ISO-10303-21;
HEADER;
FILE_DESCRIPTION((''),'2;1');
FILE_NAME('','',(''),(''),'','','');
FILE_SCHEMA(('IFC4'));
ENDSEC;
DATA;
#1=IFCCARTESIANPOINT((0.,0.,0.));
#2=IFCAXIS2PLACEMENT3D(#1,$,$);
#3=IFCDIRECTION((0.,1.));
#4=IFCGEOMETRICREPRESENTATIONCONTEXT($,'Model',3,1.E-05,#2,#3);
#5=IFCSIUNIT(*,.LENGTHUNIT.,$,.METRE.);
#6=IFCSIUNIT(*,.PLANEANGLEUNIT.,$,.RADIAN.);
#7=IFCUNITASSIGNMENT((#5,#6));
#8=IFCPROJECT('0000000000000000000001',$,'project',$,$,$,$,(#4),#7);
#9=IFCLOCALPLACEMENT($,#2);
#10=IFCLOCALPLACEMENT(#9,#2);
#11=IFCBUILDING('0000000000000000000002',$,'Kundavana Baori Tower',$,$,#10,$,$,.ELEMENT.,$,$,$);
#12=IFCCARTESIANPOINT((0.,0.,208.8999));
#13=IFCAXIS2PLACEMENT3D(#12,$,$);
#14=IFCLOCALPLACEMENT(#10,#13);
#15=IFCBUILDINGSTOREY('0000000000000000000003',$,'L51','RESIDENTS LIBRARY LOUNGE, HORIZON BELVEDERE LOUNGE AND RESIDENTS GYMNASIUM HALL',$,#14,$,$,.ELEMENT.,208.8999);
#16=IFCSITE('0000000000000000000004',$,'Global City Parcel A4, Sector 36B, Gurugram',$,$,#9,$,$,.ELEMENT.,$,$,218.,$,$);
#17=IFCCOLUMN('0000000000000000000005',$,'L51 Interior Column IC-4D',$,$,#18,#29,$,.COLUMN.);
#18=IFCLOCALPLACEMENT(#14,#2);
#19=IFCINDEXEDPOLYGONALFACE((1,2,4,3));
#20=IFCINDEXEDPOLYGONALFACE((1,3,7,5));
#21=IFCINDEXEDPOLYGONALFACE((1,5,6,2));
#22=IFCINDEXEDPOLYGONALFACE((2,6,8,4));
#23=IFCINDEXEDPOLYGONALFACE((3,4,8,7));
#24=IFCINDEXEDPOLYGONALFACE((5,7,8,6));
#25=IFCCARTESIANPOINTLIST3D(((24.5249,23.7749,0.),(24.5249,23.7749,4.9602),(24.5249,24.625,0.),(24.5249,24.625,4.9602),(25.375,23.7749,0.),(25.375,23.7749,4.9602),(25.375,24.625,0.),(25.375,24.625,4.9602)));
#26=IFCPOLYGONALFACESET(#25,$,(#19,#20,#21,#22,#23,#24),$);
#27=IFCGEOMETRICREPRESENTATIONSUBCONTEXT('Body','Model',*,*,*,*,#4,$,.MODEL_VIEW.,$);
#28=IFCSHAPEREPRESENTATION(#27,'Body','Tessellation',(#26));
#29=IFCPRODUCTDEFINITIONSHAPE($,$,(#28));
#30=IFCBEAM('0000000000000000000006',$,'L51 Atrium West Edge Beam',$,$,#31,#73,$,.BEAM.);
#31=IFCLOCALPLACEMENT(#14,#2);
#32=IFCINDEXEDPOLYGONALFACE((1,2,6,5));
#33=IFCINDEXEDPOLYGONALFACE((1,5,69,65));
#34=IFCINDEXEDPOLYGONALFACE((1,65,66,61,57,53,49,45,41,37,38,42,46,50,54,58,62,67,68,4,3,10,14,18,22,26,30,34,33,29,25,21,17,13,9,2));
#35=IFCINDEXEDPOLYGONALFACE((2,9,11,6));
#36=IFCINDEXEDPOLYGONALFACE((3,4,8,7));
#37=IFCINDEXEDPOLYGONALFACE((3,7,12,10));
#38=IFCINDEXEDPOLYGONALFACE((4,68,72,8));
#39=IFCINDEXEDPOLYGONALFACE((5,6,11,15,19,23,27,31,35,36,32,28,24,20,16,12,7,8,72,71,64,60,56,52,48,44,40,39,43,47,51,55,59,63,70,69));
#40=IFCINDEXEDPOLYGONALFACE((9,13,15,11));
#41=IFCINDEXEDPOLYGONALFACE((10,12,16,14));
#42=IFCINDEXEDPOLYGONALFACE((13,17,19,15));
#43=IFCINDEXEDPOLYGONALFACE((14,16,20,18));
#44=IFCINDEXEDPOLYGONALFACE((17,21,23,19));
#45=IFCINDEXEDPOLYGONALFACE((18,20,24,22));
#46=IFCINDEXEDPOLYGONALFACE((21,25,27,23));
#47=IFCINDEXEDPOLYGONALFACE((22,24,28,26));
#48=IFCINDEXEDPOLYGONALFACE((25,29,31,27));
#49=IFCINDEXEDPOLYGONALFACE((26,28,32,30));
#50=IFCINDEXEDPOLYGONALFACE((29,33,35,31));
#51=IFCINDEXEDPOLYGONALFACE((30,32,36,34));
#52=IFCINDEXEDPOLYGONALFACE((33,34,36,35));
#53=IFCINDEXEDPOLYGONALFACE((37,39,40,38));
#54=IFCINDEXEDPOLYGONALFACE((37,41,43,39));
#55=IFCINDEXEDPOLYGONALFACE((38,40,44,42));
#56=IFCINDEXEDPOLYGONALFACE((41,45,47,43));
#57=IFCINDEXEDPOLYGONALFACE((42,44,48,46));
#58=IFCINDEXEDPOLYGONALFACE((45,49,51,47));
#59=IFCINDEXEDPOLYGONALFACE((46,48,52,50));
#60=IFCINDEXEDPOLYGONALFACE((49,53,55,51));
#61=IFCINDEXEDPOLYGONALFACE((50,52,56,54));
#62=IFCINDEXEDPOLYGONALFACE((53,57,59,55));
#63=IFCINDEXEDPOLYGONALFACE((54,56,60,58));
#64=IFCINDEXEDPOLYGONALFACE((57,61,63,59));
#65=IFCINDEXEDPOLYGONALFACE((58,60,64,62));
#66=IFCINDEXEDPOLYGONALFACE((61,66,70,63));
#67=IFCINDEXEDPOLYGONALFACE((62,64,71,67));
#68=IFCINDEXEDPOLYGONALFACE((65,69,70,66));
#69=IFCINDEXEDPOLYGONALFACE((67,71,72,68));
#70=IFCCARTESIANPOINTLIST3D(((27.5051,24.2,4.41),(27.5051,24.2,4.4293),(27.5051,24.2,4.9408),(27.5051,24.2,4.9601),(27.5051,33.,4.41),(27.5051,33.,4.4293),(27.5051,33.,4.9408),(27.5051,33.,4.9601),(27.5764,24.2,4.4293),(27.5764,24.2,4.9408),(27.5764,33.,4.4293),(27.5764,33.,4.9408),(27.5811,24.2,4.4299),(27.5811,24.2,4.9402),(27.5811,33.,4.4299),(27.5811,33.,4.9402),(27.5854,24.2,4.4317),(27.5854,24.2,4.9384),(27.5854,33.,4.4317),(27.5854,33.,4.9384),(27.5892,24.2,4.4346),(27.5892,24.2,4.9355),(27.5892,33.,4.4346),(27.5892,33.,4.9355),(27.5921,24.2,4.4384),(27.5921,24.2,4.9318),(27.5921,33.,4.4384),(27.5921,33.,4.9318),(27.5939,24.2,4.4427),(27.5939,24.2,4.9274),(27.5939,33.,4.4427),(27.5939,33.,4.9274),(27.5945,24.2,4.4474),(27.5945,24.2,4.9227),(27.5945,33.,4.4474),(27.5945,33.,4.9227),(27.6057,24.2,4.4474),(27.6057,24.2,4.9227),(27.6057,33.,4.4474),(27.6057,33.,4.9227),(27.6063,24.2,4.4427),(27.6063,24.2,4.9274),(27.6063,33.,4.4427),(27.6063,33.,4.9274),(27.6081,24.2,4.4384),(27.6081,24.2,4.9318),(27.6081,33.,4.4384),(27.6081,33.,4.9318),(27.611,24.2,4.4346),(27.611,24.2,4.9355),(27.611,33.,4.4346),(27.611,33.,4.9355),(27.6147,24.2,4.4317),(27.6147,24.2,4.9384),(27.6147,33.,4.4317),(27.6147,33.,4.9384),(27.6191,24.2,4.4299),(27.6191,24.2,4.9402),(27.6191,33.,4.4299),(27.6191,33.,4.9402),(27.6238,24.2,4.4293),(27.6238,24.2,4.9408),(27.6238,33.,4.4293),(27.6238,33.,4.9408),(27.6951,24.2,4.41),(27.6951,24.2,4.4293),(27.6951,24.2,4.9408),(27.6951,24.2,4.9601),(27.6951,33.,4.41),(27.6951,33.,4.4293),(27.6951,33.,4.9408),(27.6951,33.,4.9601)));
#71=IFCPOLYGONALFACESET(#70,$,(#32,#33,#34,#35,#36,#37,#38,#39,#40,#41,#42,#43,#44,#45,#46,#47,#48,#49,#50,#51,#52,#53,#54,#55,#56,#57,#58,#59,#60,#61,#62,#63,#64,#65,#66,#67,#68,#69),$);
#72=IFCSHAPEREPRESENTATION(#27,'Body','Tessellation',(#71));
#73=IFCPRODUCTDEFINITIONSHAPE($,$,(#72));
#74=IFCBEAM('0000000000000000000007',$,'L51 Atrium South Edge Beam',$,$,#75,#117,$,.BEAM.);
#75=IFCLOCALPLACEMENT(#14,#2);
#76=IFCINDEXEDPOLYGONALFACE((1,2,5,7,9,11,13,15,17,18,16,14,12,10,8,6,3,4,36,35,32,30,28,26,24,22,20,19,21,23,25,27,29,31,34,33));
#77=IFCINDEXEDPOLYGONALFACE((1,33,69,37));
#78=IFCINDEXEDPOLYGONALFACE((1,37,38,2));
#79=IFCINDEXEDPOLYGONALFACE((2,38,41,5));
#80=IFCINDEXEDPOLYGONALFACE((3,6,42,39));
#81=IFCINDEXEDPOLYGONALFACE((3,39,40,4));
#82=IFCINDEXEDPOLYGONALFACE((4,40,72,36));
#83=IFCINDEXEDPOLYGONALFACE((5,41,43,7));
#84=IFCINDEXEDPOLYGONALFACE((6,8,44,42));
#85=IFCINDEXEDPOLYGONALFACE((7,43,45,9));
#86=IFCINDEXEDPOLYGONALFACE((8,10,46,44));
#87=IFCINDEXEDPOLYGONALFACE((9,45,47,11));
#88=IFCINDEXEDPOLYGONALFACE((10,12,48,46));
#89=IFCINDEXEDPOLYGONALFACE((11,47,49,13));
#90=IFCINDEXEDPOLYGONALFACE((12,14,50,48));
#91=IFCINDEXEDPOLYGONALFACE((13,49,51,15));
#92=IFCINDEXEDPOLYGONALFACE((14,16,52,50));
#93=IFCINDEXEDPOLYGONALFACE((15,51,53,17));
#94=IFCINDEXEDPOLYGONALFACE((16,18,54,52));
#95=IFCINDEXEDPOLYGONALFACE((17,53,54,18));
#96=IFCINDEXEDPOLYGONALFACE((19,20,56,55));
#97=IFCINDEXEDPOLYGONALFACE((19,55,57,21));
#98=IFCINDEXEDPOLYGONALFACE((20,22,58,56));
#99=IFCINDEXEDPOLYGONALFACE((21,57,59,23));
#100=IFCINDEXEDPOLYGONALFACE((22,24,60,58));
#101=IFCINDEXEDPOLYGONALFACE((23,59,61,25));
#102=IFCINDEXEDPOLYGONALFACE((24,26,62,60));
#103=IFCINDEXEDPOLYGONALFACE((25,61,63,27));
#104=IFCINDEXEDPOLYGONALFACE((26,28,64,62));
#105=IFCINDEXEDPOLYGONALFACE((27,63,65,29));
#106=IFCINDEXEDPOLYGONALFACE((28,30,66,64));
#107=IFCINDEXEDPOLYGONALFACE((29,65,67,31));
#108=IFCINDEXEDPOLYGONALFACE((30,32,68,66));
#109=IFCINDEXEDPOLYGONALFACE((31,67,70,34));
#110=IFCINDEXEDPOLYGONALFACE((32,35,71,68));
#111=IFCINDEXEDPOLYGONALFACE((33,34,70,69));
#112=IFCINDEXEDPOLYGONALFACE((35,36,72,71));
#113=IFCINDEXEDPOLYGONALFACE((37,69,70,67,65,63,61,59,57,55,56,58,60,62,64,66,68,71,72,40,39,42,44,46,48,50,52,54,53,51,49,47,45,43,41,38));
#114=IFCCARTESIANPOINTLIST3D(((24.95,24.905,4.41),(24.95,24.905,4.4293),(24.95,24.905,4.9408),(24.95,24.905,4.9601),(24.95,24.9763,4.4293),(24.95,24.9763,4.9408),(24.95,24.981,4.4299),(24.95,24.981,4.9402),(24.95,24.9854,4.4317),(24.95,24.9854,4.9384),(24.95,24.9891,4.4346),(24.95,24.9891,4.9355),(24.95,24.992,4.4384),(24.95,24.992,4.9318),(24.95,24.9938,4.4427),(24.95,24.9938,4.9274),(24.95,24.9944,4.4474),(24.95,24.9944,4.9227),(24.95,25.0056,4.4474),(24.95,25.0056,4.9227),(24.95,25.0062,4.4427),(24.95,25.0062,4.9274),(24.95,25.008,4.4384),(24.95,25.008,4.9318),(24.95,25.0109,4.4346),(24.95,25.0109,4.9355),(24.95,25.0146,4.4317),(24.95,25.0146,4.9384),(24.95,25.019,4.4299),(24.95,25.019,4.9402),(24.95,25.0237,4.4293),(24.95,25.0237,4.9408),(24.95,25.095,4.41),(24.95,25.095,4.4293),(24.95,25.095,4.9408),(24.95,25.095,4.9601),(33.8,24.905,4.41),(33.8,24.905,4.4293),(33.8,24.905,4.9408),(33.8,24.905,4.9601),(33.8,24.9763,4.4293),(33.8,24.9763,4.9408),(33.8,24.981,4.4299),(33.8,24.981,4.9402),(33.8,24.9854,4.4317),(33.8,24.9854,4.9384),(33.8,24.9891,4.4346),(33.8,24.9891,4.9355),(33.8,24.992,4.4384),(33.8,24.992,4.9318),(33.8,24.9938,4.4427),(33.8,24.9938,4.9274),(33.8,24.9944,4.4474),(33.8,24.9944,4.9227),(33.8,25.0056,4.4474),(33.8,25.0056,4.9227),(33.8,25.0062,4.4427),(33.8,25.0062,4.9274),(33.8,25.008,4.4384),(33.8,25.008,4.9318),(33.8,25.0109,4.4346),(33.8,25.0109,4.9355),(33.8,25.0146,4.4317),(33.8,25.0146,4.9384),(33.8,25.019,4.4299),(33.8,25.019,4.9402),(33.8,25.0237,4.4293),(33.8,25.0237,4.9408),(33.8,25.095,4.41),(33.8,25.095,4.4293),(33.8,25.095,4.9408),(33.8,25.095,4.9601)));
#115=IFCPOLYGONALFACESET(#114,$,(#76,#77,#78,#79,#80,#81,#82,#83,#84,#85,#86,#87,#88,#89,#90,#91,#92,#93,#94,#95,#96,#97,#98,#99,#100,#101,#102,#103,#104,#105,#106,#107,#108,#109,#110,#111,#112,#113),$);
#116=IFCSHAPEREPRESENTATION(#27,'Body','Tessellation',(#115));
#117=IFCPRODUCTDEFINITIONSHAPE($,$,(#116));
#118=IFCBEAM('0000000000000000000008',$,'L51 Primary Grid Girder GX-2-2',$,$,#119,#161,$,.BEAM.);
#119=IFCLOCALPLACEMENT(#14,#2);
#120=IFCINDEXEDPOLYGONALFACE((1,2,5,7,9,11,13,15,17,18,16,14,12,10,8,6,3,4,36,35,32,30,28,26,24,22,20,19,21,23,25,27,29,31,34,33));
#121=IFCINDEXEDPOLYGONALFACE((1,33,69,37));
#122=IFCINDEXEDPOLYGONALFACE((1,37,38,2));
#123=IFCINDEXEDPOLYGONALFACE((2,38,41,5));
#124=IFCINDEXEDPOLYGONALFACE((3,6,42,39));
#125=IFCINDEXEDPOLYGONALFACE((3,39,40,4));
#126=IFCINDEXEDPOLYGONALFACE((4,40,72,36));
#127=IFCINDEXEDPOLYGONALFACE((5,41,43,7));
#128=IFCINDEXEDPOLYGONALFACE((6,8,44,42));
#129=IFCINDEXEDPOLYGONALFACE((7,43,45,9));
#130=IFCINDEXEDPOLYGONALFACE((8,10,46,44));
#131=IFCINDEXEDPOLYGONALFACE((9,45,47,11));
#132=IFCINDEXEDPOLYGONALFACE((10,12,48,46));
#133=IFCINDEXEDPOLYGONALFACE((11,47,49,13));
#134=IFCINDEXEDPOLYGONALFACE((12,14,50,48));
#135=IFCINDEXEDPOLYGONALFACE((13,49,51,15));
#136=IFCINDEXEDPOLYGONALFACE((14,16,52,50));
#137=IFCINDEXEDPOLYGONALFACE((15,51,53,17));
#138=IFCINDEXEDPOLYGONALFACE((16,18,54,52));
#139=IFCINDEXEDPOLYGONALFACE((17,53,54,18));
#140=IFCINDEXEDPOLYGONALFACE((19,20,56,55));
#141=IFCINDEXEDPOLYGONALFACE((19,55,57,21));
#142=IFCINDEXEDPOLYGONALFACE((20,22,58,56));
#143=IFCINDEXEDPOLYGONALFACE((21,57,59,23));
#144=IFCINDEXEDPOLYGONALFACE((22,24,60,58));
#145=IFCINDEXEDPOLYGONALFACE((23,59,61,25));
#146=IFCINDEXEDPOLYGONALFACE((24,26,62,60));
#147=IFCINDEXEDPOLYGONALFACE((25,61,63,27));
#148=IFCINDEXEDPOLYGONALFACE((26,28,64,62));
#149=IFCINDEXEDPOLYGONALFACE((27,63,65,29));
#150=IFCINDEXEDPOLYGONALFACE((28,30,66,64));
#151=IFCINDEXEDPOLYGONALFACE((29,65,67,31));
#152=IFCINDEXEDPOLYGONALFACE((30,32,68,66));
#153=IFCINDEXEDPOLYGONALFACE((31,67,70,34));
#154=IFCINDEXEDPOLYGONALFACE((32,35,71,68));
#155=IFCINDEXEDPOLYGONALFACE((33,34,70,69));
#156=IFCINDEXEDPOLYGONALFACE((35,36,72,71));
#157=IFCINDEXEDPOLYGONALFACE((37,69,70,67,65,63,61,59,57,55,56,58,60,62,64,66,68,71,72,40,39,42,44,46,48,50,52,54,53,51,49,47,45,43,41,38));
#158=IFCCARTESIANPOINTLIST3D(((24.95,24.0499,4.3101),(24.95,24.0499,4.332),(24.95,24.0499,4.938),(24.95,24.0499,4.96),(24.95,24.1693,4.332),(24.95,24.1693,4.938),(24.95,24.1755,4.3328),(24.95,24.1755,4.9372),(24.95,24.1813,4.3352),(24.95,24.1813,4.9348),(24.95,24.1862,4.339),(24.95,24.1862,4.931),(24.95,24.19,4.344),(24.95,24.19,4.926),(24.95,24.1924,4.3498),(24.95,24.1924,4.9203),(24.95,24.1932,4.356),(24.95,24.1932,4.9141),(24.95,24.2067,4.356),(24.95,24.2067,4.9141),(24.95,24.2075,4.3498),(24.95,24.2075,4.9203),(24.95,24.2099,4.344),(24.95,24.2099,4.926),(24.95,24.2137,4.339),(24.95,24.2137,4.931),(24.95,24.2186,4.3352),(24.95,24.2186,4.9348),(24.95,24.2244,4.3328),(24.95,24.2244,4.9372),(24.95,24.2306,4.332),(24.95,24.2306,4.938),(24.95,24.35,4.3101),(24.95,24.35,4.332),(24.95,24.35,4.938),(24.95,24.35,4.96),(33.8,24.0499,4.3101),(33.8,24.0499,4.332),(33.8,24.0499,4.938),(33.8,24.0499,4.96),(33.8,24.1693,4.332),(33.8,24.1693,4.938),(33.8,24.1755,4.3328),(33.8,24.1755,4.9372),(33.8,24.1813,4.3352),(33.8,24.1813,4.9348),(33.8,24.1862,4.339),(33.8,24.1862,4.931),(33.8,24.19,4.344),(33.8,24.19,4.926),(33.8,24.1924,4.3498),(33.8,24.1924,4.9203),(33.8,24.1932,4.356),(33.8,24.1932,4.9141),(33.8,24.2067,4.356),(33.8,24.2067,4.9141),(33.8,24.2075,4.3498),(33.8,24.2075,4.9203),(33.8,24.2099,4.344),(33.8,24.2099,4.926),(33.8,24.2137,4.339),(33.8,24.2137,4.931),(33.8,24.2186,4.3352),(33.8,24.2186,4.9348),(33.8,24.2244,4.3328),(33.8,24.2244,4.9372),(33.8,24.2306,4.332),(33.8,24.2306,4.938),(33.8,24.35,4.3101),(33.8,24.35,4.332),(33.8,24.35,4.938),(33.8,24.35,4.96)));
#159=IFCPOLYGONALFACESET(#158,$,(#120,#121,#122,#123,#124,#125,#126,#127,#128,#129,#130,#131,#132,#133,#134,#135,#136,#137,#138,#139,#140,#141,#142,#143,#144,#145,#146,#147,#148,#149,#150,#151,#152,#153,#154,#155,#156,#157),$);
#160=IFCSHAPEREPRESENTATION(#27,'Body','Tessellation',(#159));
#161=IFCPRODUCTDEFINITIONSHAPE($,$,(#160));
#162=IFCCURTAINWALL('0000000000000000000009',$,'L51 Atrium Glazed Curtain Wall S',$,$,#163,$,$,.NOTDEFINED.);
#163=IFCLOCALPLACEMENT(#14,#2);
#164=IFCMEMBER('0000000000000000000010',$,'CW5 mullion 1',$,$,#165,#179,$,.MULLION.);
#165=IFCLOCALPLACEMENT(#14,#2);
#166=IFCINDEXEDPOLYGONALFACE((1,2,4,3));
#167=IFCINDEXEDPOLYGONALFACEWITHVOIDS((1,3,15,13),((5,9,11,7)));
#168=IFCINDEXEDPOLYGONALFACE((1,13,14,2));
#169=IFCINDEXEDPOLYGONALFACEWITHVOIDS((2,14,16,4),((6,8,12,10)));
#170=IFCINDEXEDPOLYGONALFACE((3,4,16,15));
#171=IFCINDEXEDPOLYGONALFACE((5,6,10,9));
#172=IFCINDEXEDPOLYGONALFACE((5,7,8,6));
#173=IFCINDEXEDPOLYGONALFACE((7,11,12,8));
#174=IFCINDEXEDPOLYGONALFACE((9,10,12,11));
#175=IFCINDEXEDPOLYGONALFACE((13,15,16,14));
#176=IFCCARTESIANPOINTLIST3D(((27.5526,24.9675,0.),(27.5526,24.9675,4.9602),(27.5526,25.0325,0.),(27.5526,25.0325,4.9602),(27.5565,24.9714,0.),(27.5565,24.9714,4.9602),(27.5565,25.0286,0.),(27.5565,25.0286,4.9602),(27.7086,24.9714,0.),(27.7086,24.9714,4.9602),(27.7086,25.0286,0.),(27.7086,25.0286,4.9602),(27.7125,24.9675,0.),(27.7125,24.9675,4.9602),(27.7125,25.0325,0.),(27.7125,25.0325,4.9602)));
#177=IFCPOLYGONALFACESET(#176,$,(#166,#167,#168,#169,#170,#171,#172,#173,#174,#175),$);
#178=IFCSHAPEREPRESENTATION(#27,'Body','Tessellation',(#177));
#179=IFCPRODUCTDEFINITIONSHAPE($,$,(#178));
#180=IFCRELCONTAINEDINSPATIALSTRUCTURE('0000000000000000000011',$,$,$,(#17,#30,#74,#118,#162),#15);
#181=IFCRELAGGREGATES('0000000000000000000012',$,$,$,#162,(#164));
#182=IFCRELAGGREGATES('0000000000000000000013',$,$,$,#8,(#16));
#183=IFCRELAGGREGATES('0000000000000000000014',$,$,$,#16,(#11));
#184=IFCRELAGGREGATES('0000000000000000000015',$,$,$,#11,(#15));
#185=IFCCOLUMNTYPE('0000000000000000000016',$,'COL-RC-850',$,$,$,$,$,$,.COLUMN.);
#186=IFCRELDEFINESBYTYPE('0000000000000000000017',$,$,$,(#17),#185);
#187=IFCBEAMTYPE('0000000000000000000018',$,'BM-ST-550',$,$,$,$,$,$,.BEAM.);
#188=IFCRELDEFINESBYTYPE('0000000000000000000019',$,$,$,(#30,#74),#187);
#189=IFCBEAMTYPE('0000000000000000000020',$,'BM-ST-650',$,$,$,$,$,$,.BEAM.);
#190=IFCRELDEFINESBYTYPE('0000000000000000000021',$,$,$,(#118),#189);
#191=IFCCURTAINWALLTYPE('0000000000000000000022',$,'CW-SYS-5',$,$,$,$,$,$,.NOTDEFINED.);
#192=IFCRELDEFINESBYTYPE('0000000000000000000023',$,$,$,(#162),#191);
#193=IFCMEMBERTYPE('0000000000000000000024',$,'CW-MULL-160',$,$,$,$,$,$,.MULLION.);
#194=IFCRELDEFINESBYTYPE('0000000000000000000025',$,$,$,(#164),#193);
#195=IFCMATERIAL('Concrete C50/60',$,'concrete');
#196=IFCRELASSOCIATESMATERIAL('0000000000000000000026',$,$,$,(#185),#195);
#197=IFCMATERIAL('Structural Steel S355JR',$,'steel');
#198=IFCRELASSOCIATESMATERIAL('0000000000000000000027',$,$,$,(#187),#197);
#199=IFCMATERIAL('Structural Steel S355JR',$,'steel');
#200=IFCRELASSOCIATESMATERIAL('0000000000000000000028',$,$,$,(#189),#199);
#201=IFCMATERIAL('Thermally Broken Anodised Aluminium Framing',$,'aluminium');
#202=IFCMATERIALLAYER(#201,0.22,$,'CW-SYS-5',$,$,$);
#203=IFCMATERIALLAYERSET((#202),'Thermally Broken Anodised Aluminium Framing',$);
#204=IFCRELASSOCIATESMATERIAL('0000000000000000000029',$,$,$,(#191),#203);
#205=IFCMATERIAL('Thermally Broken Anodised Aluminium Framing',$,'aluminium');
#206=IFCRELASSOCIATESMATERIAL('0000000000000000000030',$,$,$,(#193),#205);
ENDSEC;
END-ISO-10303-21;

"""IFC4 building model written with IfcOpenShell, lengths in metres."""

from ifc_helpers import new_model, si_unit, direction, frame, origin, origin_2d, place, context, subcontext, project, spatial, rectangle, hollow_rectangle, i_section, extrude, material, layer, layer_set, material_profile, profile_set, type_object, element, aggregate, save


model = new_model("IFC4")

# Units and contexts
model_context = context("Model", 3, precision=1e-05, world=origin(), true_north=direction((0.0, 1.0)))
body_context = subcontext(model_context, "Body", "Model", "MODEL_VIEW")
ifc_project = project(units=[si_unit("LENGTHUNIT", "METRE"), si_unit("PLANEANGLEUNIT", "RADIAN")], contexts=[model_context])

# Site, building, storey
site_placement = place(None, origin())
site = spatial("IfcSite", under=ifc_project, at=site_placement, Name="Global City Parcel A4, Sector 36B, Gurugram", CompositionType="ELEMENT", RefElevation=218.0)
building_placement = place(site_placement, origin())
building = spatial("IfcBuilding", under=site, at=building_placement, Name="Kundavana Baori Tower", CompositionType="ELEMENT")
storey_placement = place(building_placement, frame((0.0, 0.0, 208.8999)))
storey = spatial("IfcBuildingStorey", under=building, at=storey_placement, Name="L51", Description="RESIDENTS LIBRARY LOUNGE, HORIZON BELVEDERE LOUNGE AND RESIDENTS GYMNASIUM HALL", CompositionType="ELEMENT", Elevation=208.8999)

# Column
ifc_material_1 = material(Name="Concrete C50/60", Category="concrete")
ifc_material_profile_1 = material_profile(ifc_material_1, rectangle(XDim=0.8501, YDim=0.8501, at=origin_2d()), Name="RC 850x850")
ifc_profile_set_1 = profile_set([ifc_material_profile_1], Name="Concrete C50/60")
column_type = type_object("IfcColumnType", Name="COL-RC-850", PredefinedType="COLUMN", material=ifc_profile_set_1)
column_placement = place(storey_placement, frame((24.95, 24.2, 0.0), z_axis=(0.0, 0.0, 1.0), x_axis=(1.0, 0.0, 0.0)))
element("IfcColumn", 1, at=column_placement, inside=storey, type_object=column_type, Name="L51 Interior Column IC-4D", PredefinedType="COLUMN", context=body_context, shape_type="SweptSolid", body=[
    extrude(rectangle(XDim=0.8501, YDim=0.8501, at=origin_2d()), origin(), (0.0, 0.0, 1.0), 4.9602),
])

# Beams
ifc_material_2 = material(Name="Structural Steel S355JR", Category="steel")
ifc_material_profile_2 = material_profile(ifc_material_2, i_section(OverallWidth=0.1899, OverallDepth=0.55, WebThickness=0.0112, FlangeThickness=0.0193, FilletRadius=0.0181, at=origin_2d()), Name="ISMB 550")
ifc_profile_set_2 = profile_set([ifc_material_profile_2], Name="Structural Steel S355JR")
beam_type_1 = type_object("IfcBeamType", Name="BM-ST-550", PredefinedType="BEAM", material=ifc_profile_set_2)
beam_1_placement = place(storey_placement, frame((27.6001, 24.2, 4.6851), z_axis=(0.0, 1.0, 0.0), x_axis=(-1.0, 0.0, 0.0)))
element("IfcBeam", 2, at=beam_1_placement, inside=storey, type_object=beam_type_1, Name="L51 Atrium West Edge Beam", PredefinedType="BEAM", context=body_context, shape_type="SweptSolid", body=[
    extrude(i_section(OverallWidth=0.1899, OverallDepth=0.55, WebThickness=0.0112, FlangeThickness=0.0193, FilletRadius=0.0181, at=origin_2d()), origin(), (0.0, 0.0, 1.0), 8.8),
])
beam_2_placement = place(storey_placement, frame((24.95, 25.0, 4.6851), z_axis=(1.0, 0.0, 0.0), x_axis=(0.0, 1.0, 0.0)))
element("IfcBeam", 3, at=beam_2_placement, inside=storey, type_object=beam_type_1, Name="L51 Atrium South Edge Beam", PredefinedType="BEAM", context=body_context, shape_type="SweptSolid", body=[
    extrude(i_section(OverallWidth=0.1899, OverallDepth=0.55, WebThickness=0.0112, FlangeThickness=0.0193, FilletRadius=0.0181, at=origin_2d()), origin(), (0.0, 0.0, 1.0), 8.8501),
])
ifc_material_3 = material(Name="Structural Steel S355JR", Category="steel")
ifc_material_profile_3 = material_profile(ifc_material_3, i_section(OverallWidth=0.3, OverallDepth=0.6499, WebThickness=0.0134, FlangeThickness=0.022, FilletRadius=0.0239, at=origin_2d()), Name="NPB 650x300x155")
ifc_profile_set_3 = profile_set([ifc_material_profile_3], Name="Structural Steel S355JR")
beam_type_2 = type_object("IfcBeamType", Name="BM-ST-650", PredefinedType="BEAM", material=ifc_profile_set_3)
beam_3_placement = place(storey_placement, frame((24.95, 24.2, 4.635), z_axis=(1.0, 0.0, 0.0), x_axis=(0.0, 1.0, 0.0)))
element("IfcBeam", 4, at=beam_3_placement, inside=storey, type_object=beam_type_2, Name="L51 Primary Grid Girder GX-2-2", PredefinedType="BEAM", context=body_context, shape_type="SweptSolid", body=[
    extrude(i_section(OverallWidth=0.3, OverallDepth=0.6499, WebThickness=0.0134, FlangeThickness=0.022, FilletRadius=0.0239, at=origin_2d()), origin(), (0.0, 0.0, 1.0), 8.8501),
])

# Curtain wall, member
ifc_material_4 = material(Name="Thermally Broken Anodised Aluminium Framing", Category="aluminium")
ifc_layer_1 = layer(ifc_material_4, 0.22, Name="CW-SYS-5")
ifc_layer_set_1 = layer_set([ifc_layer_1], Name="Thermally Broken Anodised Aluminium Framing")
curtain_wall_type = type_object("IfcCurtainWallType", Name="CW-SYS-5", PredefinedType="NOTDEFINED", material=ifc_layer_set_1)
curtain_wall_1_placement = place(storey_placement, origin())
curtain_wall_1 = element("IfcCurtainWall", 5, at=curtain_wall_1_placement, inside=storey, type_object=curtain_wall_type, Name="L51 Atrium Glazed Curtain Wall S", PredefinedType="NOTDEFINED")
ifc_material_5 = material(Name="Thermally Broken Anodised Aluminium Framing", Category="aluminium")
ifc_material_profile_4 = material_profile(ifc_material_5, hollow_rectangle(XDim=0.0649, YDim=0.1599, WallThickness=0.0039, at=origin_2d()), Name="CW-MULL-160")
ifc_profile_set_4 = profile_set([ifc_material_profile_4], Name="Thermally Broken Anodised Aluminium Framing")
member_type_1 = type_object("IfcMemberType", Name="CW-MULL-160", PredefinedType="MULLION", material=ifc_profile_set_4)
member_1_placement = place(storey_placement, frame((27.6326, 25.0, 0.0), z_axis=(0.0, 0.0, 1.0), x_axis=(0.0, 1.0, 0.0)))
member_1 = element("IfcMember", 6, at=member_1_placement, type_object=member_type_1, Name="CW5 mullion 1", PredefinedType="MULLION", context=body_context, shape_type="SweptSolid", body=[
    extrude(hollow_rectangle(XDim=0.0649, YDim=0.1599, WallThickness=0.0039, at=origin_2d()), origin(), (0.0, 0.0, 1.0), 4.9602),
])

aggregate(curtain_wall_1, [member_1])

save(model, "model.ifc")
